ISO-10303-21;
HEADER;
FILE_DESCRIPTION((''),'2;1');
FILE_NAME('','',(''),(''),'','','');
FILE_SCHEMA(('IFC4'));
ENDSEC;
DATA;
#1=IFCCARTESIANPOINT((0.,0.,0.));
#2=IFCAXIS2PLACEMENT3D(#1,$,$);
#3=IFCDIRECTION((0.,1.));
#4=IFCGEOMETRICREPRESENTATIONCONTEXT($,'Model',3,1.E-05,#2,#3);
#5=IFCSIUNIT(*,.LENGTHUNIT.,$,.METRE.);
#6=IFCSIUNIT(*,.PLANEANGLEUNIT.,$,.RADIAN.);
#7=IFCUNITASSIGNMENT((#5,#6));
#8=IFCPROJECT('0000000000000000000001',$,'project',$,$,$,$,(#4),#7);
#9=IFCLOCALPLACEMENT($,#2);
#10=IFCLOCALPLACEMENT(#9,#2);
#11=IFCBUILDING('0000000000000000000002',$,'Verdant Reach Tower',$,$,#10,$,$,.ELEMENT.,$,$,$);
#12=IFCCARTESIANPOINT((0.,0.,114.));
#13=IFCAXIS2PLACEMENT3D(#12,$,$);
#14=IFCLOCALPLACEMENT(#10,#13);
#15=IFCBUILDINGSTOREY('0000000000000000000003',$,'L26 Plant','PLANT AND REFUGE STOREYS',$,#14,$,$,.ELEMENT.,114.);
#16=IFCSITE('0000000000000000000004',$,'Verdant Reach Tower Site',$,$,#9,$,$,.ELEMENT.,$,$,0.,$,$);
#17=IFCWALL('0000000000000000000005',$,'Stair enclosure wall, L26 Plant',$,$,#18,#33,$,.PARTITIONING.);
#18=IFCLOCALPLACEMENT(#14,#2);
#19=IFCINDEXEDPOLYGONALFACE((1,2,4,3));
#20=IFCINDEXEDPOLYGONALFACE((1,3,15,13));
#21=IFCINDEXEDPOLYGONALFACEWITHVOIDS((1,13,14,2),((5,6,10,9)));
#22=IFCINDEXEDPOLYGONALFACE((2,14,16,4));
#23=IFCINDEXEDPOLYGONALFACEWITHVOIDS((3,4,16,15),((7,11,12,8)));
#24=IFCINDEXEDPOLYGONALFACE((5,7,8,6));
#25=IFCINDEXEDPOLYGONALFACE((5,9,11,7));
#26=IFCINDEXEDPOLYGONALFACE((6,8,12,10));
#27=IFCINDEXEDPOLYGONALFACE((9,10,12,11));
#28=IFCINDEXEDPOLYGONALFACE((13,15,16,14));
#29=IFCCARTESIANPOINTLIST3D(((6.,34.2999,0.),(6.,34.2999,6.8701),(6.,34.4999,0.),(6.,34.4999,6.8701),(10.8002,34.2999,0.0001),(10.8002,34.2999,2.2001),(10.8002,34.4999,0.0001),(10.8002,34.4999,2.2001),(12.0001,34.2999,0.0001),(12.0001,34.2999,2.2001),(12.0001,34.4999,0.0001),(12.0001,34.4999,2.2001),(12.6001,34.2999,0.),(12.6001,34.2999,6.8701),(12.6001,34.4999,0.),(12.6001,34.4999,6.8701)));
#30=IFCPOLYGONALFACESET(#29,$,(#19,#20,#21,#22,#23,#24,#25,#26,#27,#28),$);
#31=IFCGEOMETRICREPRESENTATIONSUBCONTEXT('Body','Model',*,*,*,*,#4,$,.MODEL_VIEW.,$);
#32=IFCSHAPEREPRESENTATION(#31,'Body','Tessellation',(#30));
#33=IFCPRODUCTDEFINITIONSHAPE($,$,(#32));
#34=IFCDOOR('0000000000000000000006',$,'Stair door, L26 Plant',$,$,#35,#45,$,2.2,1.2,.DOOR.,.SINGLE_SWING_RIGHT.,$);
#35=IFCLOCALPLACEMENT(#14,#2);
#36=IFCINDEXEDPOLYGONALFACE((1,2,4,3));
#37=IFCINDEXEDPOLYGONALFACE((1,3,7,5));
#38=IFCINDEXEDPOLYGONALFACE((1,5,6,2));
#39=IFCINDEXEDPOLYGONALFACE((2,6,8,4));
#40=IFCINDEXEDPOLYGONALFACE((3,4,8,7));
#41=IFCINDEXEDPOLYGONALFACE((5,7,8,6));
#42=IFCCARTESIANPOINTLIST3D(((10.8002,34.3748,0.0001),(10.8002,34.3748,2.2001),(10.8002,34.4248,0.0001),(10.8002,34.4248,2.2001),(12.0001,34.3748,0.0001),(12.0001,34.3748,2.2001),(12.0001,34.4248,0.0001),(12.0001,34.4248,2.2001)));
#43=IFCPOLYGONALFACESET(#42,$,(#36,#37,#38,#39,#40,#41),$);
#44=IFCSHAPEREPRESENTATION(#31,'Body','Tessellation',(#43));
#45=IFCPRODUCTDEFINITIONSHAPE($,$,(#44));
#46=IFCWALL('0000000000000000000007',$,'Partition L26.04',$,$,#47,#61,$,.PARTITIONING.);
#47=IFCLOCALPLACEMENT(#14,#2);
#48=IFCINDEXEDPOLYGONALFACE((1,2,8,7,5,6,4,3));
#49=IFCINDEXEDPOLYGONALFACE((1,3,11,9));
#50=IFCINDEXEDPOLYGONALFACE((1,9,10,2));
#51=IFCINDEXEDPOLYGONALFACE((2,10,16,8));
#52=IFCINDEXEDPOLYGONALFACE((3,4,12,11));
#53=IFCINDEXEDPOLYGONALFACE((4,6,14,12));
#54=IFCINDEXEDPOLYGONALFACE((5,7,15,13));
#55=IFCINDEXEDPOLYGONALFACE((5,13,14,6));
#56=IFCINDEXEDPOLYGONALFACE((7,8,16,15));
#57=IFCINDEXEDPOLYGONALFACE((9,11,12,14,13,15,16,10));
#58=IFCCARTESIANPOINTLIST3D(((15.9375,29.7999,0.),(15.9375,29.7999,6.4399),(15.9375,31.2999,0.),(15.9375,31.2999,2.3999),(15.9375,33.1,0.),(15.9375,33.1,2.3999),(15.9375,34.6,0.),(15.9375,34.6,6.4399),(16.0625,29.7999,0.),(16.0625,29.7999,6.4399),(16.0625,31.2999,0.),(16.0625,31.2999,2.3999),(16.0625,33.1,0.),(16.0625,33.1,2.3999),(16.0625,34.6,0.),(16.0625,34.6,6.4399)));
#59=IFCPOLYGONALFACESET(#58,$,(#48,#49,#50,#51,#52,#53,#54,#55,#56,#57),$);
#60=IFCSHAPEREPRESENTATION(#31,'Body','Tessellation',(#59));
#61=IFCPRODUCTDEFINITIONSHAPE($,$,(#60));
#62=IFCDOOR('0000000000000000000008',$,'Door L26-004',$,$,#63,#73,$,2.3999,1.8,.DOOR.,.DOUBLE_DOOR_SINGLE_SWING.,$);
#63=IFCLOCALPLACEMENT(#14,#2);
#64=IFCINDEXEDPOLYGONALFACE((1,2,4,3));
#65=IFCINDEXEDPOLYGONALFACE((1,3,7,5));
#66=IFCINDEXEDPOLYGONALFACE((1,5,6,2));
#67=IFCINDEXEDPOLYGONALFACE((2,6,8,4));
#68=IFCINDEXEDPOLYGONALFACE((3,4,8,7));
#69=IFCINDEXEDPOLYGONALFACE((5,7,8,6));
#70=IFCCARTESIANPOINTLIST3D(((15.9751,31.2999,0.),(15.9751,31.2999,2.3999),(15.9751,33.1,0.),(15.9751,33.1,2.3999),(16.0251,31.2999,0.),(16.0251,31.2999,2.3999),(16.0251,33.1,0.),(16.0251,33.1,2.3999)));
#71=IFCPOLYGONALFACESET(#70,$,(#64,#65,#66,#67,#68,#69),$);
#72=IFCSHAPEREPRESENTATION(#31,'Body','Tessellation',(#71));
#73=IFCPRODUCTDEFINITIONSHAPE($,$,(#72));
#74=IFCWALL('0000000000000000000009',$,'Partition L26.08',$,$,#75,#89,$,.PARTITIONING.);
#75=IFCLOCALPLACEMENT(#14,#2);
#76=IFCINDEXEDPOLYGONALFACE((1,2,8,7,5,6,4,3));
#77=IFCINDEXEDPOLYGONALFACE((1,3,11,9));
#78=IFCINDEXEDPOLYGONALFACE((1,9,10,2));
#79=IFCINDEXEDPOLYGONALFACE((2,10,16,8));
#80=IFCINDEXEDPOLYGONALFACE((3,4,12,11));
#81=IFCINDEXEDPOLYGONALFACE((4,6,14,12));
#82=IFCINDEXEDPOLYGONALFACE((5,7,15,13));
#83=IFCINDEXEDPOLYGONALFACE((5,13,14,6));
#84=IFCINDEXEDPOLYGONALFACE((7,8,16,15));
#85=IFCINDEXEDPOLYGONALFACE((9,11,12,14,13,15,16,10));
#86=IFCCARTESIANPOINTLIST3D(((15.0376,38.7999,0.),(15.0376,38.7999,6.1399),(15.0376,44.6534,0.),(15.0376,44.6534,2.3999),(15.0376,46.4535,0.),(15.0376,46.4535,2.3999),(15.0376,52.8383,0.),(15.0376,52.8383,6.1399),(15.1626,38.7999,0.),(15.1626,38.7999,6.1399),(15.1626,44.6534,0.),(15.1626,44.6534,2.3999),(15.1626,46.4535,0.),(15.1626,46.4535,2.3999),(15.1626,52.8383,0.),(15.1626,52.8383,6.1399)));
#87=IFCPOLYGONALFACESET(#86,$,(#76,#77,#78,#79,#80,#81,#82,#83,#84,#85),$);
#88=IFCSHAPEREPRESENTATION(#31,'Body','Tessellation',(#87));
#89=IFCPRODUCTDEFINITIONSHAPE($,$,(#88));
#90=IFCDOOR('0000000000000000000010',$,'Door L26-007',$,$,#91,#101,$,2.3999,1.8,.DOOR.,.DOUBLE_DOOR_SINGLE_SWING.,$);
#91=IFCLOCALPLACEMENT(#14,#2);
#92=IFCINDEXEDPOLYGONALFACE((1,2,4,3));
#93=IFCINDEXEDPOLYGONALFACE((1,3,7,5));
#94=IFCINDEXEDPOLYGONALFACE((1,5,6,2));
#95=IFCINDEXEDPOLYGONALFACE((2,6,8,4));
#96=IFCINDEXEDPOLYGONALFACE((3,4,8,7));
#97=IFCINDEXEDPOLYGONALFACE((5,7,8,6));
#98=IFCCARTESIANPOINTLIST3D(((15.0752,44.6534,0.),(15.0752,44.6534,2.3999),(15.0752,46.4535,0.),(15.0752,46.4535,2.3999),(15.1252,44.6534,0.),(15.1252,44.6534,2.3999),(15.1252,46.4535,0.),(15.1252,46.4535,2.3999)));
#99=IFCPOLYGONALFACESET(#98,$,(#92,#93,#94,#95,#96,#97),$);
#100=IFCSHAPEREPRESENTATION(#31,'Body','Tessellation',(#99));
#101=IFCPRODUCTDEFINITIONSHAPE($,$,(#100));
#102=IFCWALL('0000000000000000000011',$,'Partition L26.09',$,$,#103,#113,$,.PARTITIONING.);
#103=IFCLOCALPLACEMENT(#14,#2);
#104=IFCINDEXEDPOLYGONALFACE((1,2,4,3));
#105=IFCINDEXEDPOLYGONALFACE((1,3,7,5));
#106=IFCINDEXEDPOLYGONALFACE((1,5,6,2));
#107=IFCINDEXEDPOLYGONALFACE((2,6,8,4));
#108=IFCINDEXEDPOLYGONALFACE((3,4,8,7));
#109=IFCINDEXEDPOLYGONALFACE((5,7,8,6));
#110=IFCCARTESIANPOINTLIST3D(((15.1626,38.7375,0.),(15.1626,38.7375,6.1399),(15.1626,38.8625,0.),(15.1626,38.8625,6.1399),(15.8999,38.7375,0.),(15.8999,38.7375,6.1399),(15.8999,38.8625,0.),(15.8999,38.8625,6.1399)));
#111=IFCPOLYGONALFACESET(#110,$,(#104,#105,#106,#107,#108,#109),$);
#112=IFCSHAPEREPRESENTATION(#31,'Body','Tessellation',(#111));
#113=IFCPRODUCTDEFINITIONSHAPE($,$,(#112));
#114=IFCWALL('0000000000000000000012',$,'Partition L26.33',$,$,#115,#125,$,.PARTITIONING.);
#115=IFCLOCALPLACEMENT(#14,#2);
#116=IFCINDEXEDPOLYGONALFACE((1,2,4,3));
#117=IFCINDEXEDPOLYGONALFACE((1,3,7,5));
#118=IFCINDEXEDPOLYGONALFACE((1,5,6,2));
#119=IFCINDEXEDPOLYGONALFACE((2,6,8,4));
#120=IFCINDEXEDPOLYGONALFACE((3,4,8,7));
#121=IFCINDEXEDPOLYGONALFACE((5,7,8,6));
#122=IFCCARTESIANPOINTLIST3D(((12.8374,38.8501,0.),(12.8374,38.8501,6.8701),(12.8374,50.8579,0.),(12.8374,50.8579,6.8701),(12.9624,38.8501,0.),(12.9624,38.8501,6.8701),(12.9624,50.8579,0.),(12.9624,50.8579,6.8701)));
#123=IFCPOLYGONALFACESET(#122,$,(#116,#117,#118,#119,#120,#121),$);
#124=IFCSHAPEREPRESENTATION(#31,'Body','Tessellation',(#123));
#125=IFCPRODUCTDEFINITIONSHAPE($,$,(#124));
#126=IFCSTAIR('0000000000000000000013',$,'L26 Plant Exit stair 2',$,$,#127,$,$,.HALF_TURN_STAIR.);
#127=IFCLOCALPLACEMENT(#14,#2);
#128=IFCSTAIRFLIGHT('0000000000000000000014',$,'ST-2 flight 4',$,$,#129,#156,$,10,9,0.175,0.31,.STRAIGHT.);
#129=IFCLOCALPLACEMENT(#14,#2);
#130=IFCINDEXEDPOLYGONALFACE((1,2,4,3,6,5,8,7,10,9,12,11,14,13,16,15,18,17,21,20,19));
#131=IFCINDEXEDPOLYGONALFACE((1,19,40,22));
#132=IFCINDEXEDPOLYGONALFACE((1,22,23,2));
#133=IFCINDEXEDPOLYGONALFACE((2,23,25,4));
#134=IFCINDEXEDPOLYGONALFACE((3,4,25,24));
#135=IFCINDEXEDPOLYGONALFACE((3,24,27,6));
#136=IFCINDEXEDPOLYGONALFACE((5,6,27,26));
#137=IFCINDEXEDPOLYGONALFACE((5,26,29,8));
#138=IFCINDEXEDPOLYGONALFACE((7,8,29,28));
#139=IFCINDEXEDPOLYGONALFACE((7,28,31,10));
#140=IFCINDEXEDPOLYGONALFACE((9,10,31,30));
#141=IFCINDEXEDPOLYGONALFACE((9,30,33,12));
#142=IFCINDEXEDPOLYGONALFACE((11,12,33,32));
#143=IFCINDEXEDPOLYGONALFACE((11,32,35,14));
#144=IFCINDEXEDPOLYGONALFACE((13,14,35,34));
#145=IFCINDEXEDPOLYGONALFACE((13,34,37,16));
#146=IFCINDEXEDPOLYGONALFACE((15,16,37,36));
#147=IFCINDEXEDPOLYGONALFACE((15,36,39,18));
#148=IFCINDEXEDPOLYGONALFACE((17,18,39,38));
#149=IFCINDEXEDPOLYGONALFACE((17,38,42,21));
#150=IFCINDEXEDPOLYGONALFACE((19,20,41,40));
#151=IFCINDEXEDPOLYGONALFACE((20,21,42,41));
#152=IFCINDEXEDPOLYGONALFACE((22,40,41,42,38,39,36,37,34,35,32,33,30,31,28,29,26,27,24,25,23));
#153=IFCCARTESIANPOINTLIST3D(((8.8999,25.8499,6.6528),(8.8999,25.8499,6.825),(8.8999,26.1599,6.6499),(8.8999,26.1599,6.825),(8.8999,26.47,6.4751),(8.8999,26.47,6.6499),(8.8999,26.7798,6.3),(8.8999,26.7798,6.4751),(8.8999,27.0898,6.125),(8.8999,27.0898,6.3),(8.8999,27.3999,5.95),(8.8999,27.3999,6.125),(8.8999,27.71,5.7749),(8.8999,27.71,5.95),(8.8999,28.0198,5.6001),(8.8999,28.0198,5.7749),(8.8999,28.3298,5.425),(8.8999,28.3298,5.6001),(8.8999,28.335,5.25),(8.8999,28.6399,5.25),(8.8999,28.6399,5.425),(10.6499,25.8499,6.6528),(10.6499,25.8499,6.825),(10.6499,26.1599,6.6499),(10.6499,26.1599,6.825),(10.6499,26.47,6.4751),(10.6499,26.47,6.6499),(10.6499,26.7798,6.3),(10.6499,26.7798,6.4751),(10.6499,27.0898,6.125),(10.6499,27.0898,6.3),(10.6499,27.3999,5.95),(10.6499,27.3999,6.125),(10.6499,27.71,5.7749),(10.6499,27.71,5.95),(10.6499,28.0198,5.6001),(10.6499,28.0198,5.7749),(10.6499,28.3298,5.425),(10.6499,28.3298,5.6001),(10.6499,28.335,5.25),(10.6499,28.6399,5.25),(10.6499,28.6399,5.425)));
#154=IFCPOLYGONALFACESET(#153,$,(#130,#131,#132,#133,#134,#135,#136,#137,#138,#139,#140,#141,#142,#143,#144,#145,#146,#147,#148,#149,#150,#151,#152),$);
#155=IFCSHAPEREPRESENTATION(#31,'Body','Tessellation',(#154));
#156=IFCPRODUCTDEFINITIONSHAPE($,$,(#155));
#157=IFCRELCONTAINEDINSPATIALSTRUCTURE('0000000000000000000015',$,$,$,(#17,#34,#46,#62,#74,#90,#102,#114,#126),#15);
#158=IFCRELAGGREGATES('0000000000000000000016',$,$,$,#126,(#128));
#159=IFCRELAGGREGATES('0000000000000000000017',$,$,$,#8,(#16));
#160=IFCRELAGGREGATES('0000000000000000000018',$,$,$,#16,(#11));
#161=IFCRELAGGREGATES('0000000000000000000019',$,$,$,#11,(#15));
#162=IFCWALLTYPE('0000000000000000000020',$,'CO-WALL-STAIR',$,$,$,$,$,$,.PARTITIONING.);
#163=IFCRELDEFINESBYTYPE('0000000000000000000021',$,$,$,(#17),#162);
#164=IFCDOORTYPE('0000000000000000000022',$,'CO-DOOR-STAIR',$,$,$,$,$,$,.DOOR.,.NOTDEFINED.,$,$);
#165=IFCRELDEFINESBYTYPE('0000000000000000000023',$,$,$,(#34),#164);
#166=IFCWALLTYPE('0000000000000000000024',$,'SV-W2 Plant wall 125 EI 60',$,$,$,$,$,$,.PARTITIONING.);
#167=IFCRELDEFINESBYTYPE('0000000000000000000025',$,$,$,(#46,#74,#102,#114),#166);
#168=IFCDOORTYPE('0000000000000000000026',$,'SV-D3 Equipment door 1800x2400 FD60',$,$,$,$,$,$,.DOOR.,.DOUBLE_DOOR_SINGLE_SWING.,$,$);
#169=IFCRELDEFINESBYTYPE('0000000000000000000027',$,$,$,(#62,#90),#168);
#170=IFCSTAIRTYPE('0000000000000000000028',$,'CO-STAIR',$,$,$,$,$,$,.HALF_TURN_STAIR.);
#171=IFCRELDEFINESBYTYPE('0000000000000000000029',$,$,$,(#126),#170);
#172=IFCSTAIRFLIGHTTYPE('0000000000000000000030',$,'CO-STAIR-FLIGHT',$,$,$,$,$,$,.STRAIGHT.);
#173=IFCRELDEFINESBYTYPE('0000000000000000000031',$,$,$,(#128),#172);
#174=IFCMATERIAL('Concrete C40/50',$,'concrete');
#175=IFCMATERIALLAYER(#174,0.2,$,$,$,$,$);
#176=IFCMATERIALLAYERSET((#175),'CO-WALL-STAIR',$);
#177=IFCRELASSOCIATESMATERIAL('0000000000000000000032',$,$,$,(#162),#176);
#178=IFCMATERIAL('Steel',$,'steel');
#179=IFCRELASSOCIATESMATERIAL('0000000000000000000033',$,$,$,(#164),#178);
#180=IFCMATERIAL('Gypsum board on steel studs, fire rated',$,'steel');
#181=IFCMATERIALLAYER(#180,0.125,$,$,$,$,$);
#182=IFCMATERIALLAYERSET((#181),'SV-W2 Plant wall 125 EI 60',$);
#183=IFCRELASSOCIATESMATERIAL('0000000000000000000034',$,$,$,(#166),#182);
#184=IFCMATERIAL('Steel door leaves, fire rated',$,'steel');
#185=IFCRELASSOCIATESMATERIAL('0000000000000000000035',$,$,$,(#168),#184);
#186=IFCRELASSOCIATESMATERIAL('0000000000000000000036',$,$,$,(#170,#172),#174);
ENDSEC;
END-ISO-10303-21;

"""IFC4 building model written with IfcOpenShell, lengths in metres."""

from ifc_helpers import new_model, si_unit, direction, frame, frame_2d, origin, place, context, subcontext, project, spatial, polyline, rectangle, outline, extrude, material, layer, layer_set, type_object, element, fill, aggregate, save


model = new_model("IFC4")

# Units and contexts
model_context = context("Model", 3, precision=1e-05, world=origin(), true_north=direction((0.0, 1.0)))
body_context = subcontext(model_context, "Body", "Model", "MODEL_VIEW")
ifc_project = project(units=[si_unit("LENGTHUNIT", "METRE"), si_unit("PLANEANGLEUNIT", "RADIAN")], contexts=[model_context])

# Site, building, storey
site_placement = place(None, origin())
site = spatial("IfcSite", under=ifc_project, at=site_placement, Name="Verdant Reach Tower Site", CompositionType="ELEMENT", RefElevation=0.0)
building_placement = place(site_placement, origin())
building = spatial("IfcBuilding", under=site, at=building_placement, Name="Verdant Reach Tower", CompositionType="ELEMENT")
storey_placement = place(building_placement, frame((0.0, 0.0, 114.0)))
storey = spatial("IfcBuildingStorey", under=building, at=storey_placement, Name="L26 Plant", Description="PLANT AND REFUGE STOREYS", CompositionType="ELEMENT", Elevation=114.0)

# Shared definitions
ifc_material_1 = material(Name="Concrete C40/50", Category="concrete")
ifc_layer_1 = layer(ifc_material_1, 0.2)
ifc_layer_set_1 = layer_set([ifc_layer_1], Name="CO-WALL-STAIR")
wall_type_1 = type_object("IfcWallType", Name="CO-WALL-STAIR", PredefinedType="PARTITIONING", material=ifc_layer_set_1)

# Walls, openings, doors
wall_1_placement = place(storey_placement, frame((6.0, 34.3999, 0.0), z_axis=(0.0, 0.0, 1.0), x_axis=(1.0, 0.0, 0.0)))
wall_1 = element("IfcWall", 1, at=wall_1_placement, inside=storey, type_object=wall_type_1, Name="Stair enclosure wall, L26 Plant", PredefinedType="PARTITIONING", context=body_context, shape_type="SweptSolid", body=[
    extrude(rectangle(XDim=6.6001, YDim=0.2, at=frame_2d((3.3, 0.0))), origin(), (0.0, 0.0, 1.0), 6.8701),
])
opening_1_placement = place(wall_1_placement, frame((4.8, 0.0, 0.0)))
opening_1 = element("IfcOpeningElement", 2, at=opening_1_placement, cuts=wall_1, PredefinedType="OPENING", context=body_context, shape_type="SweptSolid", body=[
    extrude(rectangle(XDim=1.2, YDim=2.2, at=frame_2d((0.6001, 1.1001))), frame((0.0, 0.1099, 0.0), z_axis=(0.0, -1.0, 0.0), x_axis=(1.0, 0.0, 0.0)), (0.0, 0.0, 1.0), 0.22),
])
ifc_material_2 = material(Name="Steel", Category="steel")
door_type_1 = type_object("IfcDoorType", Name="CO-DOOR-STAIR", OperationType="NOTDEFINED", PredefinedType="DOOR", material=ifc_material_2)
door_1_placement = place(opening_1_placement, origin())
door_1 = element("IfcDoor", 3, at=door_1_placement, inside=storey, type_object=door_type_1, Name="Stair door, L26 Plant", OperationType="SINGLE_SWING_RIGHT", OverallHeight=2.2, OverallWidth=1.2, PredefinedType="DOOR", context=body_context, shape_type="SweptSolid", body=[
    extrude(rectangle(XDim=1.2, YDim=2.2, at=frame_2d((0.6001, 1.1001))), frame((0.0, 0.0249, 0.0), z_axis=(0.0, -1.0, 0.0), x_axis=(1.0, 0.0, 0.0)), (0.0, 0.0, 1.0), 0.05),
])
fill(opening_1, door_1)
ifc_material_3 = material(Name="Gypsum board on steel studs, fire rated", Category="steel")
ifc_layer_2 = layer(ifc_material_3, 0.125)
ifc_layer_set_2 = layer_set([ifc_layer_2], Name="SV-W2 Plant wall 125 EI 60")
wall_type_2 = type_object("IfcWallType", Name="SV-W2 Plant wall 125 EI 60", PredefinedType="PARTITIONING", material=ifc_layer_set_2)
wall_2_placement = place(storey_placement, frame((16.0, 29.8, 0.0), z_axis=(0.0, 0.0, 1.0), x_axis=(0.0, 1.0, 0.0)))
wall_2 = element("IfcWall", 4, at=wall_2_placement, inside=storey, type_object=wall_type_2, Name="Partition L26.04", PredefinedType="PARTITIONING", context=body_context, shape_type="SweptSolid", body=[
    extrude(rectangle(XDim=4.8, YDim=0.125, at=frame_2d((2.3999, 0.0))), origin(), (0.0, 0.0, 1.0), 6.4399),
])
opening_2_placement = place(wall_2_placement, frame((1.5, 0.0, 0.0)))
opening_2 = element("IfcOpeningElement", 5, at=opening_2_placement, cuts=wall_2, PredefinedType="OPENING", context=body_context, shape_type="SweptSolid", body=[
    extrude(rectangle(XDim=1.8, YDim=2.3999, at=frame_2d((0.8999, 1.2))), frame((0.0, 0.0725, 0.0), z_axis=(0.0, -1.0, 0.0), x_axis=(1.0, 0.0, 0.0)), (0.0, 0.0, 1.0), 0.145),
])
ifc_material_4 = material(Name="Steel door leaves, fire rated", Category="steel")
door_type_2 = type_object("IfcDoorType", Name="SV-D3 Equipment door 1800x2400 FD60", OperationType="DOUBLE_DOOR_SINGLE_SWING", PredefinedType="DOOR", material=ifc_material_4)
door_2_placement = place(opening_2_placement, origin())
door_2 = element("IfcDoor", 6, at=door_2_placement, inside=storey, type_object=door_type_2, Name="Door L26-004", OperationType="DOUBLE_DOOR_SINGLE_SWING", OverallHeight=2.3999, OverallWidth=1.8, PredefinedType="DOOR", context=body_context, shape_type="SweptSolid", body=[
    extrude(rectangle(XDim=1.8, YDim=2.3999, at=frame_2d((0.8999, 1.2))), frame((0.0, 0.0249, 0.0), z_axis=(0.0, -1.0, 0.0), x_axis=(1.0, 0.0, 0.0)), (0.0, 0.0, 1.0), 0.05),
])
fill(opening_2, door_2)
wall_3_placement = place(storey_placement, frame((15.1001, 38.8, 0.0), z_axis=(0.0, 0.0, 1.0), x_axis=(0.0, 1.0, 0.0)))
wall_3 = element("IfcWall", 7, at=wall_3_placement, inside=storey, type_object=wall_type_2, Name="Partition L26.08", PredefinedType="PARTITIONING", context=body_context, shape_type="SweptSolid", body=[
    extrude(rectangle(XDim=14.0383, YDim=0.125, at=frame_2d((7.019, 0.0))), origin(), (0.0, 0.0, 1.0), 6.1399),
])
opening_3_placement = place(wall_3_placement, frame((5.8535, 0.0, 0.0)))
opening_3 = element("IfcOpeningElement", 8, at=opening_3_placement, cuts=wall_3, PredefinedType="OPENING", context=body_context, shape_type="SweptSolid", body=[
    extrude(rectangle(XDim=1.8, YDim=2.3999, at=frame_2d((0.8999, 1.2))), frame((0.0, 0.0725, 0.0), z_axis=(0.0, -1.0, 0.0), x_axis=(1.0, 0.0, 0.0)), (0.0, 0.0, 1.0), 0.145),
])
door_3_placement = place(opening_3_placement, origin())
door_3 = element("IfcDoor", 9, at=door_3_placement, inside=storey, type_object=door_type_2, Name="Door L26-007", OperationType="DOUBLE_DOOR_SINGLE_SWING", OverallHeight=2.3999, OverallWidth=1.8, PredefinedType="DOOR", context=body_context, shape_type="SweptSolid", body=[
    extrude(rectangle(XDim=1.8, YDim=2.3999, at=frame_2d((0.8999, 1.2))), frame((0.0, 0.0249, 0.0), z_axis=(0.0, -1.0, 0.0), x_axis=(1.0, 0.0, 0.0)), (0.0, 0.0, 1.0), 0.05),
])
fill(opening_3, door_3)

# Walls
wall_4_placement = place(storey_placement, frame((15.1626, 38.8, 0.0), z_axis=(0.0, 0.0, 1.0), x_axis=(1.0, 0.0, 0.0)))
element("IfcWall", 10, at=wall_4_placement, inside=storey, type_object=wall_type_2, Name="Partition L26.09", PredefinedType="PARTITIONING", context=body_context, shape_type="SweptSolid", body=[
    extrude(rectangle(XDim=0.7373, YDim=0.125, at=frame_2d((0.3687, 0.0))), origin(), (0.0, 0.0, 1.0), 6.1399),
])
wall_5_placement = place(storey_placement, frame((12.8999, 38.8501, 0.0), z_axis=(0.0, 0.0, 1.0), x_axis=(0.0, 1.0, 0.0)))
element("IfcWall", 11, at=wall_5_placement, inside=storey, type_object=wall_type_2, Name="Partition L26.33", PredefinedType="PARTITIONING", context=body_context, shape_type="SweptSolid", body=[
    extrude(rectangle(XDim=12.0078, YDim=0.125, at=frame_2d((6.0039, 0.0))), origin(), (0.0, 0.0, 1.0), 6.8701),
])

# Stair, stair flight
stair_type = type_object("IfcStairType", Name="CO-STAIR", PredefinedType="HALF_TURN_STAIR", material=ifc_material_1)
stair_1_placement = place(storey_placement, origin())
stair_1 = element("IfcStair", 12, at=stair_1_placement, inside=storey, type_object=stair_type, Name="L26 Plant Exit stair 2", PredefinedType="HALF_TURN_STAIR")
stair_flight_type = type_object("IfcStairFlightType", Name="CO-STAIR-FLIGHT", PredefinedType="STRAIGHT", material=ifc_material_1)
stair_flight_1_placement = place(storey_placement, frame((9.7749, 28.6399, 5.25), z_axis=(0.0, 0.0, 1.0), x_axis=(0.0, -1.0, 0.0)))
stair_flight_1 = element("IfcStairFlight", 13, at=stair_flight_1_placement, type_object=stair_flight_type, Name="ST-2 flight 4", NumberOfRisers=10, NumberOfTreads=9, PredefinedType="STRAIGHT", RiserHeight=0.175, TreadLength=0.31, context=body_context, shape_type="SweptSolid", body=[
    extrude(outline(polyline([(0.0, 0.0), (0.0, 0.175), (0.3101, 0.175), (0.3101, 0.3501), (0.6201, 0.3501), (0.6201, 0.5249), (0.9299, 0.5249), (0.9299, 0.7), (1.24, 0.7), (1.24, 0.875), (1.55, 0.875), (1.55, 1.05), (1.8601, 1.05), (1.8601, 1.2251), (2.1699, 1.2251), (2.1699, 1.3999), (2.48, 1.3999), (2.48, 1.575), (2.79, 1.575), (2.79, 1.75), (2.79, 1.4028), (0.3049, 0.0), (0.0, 0.0)])), frame((0.0, 0.875, 0.0), z_axis=(0.0, -1.0, 0.0), x_axis=(1.0, 0.0, 0.0)), (0.0, 0.0, 1.0), 1.75),
])
aggregate(stair_1, [stair_flight_1])

save(model, "model.ifc")
